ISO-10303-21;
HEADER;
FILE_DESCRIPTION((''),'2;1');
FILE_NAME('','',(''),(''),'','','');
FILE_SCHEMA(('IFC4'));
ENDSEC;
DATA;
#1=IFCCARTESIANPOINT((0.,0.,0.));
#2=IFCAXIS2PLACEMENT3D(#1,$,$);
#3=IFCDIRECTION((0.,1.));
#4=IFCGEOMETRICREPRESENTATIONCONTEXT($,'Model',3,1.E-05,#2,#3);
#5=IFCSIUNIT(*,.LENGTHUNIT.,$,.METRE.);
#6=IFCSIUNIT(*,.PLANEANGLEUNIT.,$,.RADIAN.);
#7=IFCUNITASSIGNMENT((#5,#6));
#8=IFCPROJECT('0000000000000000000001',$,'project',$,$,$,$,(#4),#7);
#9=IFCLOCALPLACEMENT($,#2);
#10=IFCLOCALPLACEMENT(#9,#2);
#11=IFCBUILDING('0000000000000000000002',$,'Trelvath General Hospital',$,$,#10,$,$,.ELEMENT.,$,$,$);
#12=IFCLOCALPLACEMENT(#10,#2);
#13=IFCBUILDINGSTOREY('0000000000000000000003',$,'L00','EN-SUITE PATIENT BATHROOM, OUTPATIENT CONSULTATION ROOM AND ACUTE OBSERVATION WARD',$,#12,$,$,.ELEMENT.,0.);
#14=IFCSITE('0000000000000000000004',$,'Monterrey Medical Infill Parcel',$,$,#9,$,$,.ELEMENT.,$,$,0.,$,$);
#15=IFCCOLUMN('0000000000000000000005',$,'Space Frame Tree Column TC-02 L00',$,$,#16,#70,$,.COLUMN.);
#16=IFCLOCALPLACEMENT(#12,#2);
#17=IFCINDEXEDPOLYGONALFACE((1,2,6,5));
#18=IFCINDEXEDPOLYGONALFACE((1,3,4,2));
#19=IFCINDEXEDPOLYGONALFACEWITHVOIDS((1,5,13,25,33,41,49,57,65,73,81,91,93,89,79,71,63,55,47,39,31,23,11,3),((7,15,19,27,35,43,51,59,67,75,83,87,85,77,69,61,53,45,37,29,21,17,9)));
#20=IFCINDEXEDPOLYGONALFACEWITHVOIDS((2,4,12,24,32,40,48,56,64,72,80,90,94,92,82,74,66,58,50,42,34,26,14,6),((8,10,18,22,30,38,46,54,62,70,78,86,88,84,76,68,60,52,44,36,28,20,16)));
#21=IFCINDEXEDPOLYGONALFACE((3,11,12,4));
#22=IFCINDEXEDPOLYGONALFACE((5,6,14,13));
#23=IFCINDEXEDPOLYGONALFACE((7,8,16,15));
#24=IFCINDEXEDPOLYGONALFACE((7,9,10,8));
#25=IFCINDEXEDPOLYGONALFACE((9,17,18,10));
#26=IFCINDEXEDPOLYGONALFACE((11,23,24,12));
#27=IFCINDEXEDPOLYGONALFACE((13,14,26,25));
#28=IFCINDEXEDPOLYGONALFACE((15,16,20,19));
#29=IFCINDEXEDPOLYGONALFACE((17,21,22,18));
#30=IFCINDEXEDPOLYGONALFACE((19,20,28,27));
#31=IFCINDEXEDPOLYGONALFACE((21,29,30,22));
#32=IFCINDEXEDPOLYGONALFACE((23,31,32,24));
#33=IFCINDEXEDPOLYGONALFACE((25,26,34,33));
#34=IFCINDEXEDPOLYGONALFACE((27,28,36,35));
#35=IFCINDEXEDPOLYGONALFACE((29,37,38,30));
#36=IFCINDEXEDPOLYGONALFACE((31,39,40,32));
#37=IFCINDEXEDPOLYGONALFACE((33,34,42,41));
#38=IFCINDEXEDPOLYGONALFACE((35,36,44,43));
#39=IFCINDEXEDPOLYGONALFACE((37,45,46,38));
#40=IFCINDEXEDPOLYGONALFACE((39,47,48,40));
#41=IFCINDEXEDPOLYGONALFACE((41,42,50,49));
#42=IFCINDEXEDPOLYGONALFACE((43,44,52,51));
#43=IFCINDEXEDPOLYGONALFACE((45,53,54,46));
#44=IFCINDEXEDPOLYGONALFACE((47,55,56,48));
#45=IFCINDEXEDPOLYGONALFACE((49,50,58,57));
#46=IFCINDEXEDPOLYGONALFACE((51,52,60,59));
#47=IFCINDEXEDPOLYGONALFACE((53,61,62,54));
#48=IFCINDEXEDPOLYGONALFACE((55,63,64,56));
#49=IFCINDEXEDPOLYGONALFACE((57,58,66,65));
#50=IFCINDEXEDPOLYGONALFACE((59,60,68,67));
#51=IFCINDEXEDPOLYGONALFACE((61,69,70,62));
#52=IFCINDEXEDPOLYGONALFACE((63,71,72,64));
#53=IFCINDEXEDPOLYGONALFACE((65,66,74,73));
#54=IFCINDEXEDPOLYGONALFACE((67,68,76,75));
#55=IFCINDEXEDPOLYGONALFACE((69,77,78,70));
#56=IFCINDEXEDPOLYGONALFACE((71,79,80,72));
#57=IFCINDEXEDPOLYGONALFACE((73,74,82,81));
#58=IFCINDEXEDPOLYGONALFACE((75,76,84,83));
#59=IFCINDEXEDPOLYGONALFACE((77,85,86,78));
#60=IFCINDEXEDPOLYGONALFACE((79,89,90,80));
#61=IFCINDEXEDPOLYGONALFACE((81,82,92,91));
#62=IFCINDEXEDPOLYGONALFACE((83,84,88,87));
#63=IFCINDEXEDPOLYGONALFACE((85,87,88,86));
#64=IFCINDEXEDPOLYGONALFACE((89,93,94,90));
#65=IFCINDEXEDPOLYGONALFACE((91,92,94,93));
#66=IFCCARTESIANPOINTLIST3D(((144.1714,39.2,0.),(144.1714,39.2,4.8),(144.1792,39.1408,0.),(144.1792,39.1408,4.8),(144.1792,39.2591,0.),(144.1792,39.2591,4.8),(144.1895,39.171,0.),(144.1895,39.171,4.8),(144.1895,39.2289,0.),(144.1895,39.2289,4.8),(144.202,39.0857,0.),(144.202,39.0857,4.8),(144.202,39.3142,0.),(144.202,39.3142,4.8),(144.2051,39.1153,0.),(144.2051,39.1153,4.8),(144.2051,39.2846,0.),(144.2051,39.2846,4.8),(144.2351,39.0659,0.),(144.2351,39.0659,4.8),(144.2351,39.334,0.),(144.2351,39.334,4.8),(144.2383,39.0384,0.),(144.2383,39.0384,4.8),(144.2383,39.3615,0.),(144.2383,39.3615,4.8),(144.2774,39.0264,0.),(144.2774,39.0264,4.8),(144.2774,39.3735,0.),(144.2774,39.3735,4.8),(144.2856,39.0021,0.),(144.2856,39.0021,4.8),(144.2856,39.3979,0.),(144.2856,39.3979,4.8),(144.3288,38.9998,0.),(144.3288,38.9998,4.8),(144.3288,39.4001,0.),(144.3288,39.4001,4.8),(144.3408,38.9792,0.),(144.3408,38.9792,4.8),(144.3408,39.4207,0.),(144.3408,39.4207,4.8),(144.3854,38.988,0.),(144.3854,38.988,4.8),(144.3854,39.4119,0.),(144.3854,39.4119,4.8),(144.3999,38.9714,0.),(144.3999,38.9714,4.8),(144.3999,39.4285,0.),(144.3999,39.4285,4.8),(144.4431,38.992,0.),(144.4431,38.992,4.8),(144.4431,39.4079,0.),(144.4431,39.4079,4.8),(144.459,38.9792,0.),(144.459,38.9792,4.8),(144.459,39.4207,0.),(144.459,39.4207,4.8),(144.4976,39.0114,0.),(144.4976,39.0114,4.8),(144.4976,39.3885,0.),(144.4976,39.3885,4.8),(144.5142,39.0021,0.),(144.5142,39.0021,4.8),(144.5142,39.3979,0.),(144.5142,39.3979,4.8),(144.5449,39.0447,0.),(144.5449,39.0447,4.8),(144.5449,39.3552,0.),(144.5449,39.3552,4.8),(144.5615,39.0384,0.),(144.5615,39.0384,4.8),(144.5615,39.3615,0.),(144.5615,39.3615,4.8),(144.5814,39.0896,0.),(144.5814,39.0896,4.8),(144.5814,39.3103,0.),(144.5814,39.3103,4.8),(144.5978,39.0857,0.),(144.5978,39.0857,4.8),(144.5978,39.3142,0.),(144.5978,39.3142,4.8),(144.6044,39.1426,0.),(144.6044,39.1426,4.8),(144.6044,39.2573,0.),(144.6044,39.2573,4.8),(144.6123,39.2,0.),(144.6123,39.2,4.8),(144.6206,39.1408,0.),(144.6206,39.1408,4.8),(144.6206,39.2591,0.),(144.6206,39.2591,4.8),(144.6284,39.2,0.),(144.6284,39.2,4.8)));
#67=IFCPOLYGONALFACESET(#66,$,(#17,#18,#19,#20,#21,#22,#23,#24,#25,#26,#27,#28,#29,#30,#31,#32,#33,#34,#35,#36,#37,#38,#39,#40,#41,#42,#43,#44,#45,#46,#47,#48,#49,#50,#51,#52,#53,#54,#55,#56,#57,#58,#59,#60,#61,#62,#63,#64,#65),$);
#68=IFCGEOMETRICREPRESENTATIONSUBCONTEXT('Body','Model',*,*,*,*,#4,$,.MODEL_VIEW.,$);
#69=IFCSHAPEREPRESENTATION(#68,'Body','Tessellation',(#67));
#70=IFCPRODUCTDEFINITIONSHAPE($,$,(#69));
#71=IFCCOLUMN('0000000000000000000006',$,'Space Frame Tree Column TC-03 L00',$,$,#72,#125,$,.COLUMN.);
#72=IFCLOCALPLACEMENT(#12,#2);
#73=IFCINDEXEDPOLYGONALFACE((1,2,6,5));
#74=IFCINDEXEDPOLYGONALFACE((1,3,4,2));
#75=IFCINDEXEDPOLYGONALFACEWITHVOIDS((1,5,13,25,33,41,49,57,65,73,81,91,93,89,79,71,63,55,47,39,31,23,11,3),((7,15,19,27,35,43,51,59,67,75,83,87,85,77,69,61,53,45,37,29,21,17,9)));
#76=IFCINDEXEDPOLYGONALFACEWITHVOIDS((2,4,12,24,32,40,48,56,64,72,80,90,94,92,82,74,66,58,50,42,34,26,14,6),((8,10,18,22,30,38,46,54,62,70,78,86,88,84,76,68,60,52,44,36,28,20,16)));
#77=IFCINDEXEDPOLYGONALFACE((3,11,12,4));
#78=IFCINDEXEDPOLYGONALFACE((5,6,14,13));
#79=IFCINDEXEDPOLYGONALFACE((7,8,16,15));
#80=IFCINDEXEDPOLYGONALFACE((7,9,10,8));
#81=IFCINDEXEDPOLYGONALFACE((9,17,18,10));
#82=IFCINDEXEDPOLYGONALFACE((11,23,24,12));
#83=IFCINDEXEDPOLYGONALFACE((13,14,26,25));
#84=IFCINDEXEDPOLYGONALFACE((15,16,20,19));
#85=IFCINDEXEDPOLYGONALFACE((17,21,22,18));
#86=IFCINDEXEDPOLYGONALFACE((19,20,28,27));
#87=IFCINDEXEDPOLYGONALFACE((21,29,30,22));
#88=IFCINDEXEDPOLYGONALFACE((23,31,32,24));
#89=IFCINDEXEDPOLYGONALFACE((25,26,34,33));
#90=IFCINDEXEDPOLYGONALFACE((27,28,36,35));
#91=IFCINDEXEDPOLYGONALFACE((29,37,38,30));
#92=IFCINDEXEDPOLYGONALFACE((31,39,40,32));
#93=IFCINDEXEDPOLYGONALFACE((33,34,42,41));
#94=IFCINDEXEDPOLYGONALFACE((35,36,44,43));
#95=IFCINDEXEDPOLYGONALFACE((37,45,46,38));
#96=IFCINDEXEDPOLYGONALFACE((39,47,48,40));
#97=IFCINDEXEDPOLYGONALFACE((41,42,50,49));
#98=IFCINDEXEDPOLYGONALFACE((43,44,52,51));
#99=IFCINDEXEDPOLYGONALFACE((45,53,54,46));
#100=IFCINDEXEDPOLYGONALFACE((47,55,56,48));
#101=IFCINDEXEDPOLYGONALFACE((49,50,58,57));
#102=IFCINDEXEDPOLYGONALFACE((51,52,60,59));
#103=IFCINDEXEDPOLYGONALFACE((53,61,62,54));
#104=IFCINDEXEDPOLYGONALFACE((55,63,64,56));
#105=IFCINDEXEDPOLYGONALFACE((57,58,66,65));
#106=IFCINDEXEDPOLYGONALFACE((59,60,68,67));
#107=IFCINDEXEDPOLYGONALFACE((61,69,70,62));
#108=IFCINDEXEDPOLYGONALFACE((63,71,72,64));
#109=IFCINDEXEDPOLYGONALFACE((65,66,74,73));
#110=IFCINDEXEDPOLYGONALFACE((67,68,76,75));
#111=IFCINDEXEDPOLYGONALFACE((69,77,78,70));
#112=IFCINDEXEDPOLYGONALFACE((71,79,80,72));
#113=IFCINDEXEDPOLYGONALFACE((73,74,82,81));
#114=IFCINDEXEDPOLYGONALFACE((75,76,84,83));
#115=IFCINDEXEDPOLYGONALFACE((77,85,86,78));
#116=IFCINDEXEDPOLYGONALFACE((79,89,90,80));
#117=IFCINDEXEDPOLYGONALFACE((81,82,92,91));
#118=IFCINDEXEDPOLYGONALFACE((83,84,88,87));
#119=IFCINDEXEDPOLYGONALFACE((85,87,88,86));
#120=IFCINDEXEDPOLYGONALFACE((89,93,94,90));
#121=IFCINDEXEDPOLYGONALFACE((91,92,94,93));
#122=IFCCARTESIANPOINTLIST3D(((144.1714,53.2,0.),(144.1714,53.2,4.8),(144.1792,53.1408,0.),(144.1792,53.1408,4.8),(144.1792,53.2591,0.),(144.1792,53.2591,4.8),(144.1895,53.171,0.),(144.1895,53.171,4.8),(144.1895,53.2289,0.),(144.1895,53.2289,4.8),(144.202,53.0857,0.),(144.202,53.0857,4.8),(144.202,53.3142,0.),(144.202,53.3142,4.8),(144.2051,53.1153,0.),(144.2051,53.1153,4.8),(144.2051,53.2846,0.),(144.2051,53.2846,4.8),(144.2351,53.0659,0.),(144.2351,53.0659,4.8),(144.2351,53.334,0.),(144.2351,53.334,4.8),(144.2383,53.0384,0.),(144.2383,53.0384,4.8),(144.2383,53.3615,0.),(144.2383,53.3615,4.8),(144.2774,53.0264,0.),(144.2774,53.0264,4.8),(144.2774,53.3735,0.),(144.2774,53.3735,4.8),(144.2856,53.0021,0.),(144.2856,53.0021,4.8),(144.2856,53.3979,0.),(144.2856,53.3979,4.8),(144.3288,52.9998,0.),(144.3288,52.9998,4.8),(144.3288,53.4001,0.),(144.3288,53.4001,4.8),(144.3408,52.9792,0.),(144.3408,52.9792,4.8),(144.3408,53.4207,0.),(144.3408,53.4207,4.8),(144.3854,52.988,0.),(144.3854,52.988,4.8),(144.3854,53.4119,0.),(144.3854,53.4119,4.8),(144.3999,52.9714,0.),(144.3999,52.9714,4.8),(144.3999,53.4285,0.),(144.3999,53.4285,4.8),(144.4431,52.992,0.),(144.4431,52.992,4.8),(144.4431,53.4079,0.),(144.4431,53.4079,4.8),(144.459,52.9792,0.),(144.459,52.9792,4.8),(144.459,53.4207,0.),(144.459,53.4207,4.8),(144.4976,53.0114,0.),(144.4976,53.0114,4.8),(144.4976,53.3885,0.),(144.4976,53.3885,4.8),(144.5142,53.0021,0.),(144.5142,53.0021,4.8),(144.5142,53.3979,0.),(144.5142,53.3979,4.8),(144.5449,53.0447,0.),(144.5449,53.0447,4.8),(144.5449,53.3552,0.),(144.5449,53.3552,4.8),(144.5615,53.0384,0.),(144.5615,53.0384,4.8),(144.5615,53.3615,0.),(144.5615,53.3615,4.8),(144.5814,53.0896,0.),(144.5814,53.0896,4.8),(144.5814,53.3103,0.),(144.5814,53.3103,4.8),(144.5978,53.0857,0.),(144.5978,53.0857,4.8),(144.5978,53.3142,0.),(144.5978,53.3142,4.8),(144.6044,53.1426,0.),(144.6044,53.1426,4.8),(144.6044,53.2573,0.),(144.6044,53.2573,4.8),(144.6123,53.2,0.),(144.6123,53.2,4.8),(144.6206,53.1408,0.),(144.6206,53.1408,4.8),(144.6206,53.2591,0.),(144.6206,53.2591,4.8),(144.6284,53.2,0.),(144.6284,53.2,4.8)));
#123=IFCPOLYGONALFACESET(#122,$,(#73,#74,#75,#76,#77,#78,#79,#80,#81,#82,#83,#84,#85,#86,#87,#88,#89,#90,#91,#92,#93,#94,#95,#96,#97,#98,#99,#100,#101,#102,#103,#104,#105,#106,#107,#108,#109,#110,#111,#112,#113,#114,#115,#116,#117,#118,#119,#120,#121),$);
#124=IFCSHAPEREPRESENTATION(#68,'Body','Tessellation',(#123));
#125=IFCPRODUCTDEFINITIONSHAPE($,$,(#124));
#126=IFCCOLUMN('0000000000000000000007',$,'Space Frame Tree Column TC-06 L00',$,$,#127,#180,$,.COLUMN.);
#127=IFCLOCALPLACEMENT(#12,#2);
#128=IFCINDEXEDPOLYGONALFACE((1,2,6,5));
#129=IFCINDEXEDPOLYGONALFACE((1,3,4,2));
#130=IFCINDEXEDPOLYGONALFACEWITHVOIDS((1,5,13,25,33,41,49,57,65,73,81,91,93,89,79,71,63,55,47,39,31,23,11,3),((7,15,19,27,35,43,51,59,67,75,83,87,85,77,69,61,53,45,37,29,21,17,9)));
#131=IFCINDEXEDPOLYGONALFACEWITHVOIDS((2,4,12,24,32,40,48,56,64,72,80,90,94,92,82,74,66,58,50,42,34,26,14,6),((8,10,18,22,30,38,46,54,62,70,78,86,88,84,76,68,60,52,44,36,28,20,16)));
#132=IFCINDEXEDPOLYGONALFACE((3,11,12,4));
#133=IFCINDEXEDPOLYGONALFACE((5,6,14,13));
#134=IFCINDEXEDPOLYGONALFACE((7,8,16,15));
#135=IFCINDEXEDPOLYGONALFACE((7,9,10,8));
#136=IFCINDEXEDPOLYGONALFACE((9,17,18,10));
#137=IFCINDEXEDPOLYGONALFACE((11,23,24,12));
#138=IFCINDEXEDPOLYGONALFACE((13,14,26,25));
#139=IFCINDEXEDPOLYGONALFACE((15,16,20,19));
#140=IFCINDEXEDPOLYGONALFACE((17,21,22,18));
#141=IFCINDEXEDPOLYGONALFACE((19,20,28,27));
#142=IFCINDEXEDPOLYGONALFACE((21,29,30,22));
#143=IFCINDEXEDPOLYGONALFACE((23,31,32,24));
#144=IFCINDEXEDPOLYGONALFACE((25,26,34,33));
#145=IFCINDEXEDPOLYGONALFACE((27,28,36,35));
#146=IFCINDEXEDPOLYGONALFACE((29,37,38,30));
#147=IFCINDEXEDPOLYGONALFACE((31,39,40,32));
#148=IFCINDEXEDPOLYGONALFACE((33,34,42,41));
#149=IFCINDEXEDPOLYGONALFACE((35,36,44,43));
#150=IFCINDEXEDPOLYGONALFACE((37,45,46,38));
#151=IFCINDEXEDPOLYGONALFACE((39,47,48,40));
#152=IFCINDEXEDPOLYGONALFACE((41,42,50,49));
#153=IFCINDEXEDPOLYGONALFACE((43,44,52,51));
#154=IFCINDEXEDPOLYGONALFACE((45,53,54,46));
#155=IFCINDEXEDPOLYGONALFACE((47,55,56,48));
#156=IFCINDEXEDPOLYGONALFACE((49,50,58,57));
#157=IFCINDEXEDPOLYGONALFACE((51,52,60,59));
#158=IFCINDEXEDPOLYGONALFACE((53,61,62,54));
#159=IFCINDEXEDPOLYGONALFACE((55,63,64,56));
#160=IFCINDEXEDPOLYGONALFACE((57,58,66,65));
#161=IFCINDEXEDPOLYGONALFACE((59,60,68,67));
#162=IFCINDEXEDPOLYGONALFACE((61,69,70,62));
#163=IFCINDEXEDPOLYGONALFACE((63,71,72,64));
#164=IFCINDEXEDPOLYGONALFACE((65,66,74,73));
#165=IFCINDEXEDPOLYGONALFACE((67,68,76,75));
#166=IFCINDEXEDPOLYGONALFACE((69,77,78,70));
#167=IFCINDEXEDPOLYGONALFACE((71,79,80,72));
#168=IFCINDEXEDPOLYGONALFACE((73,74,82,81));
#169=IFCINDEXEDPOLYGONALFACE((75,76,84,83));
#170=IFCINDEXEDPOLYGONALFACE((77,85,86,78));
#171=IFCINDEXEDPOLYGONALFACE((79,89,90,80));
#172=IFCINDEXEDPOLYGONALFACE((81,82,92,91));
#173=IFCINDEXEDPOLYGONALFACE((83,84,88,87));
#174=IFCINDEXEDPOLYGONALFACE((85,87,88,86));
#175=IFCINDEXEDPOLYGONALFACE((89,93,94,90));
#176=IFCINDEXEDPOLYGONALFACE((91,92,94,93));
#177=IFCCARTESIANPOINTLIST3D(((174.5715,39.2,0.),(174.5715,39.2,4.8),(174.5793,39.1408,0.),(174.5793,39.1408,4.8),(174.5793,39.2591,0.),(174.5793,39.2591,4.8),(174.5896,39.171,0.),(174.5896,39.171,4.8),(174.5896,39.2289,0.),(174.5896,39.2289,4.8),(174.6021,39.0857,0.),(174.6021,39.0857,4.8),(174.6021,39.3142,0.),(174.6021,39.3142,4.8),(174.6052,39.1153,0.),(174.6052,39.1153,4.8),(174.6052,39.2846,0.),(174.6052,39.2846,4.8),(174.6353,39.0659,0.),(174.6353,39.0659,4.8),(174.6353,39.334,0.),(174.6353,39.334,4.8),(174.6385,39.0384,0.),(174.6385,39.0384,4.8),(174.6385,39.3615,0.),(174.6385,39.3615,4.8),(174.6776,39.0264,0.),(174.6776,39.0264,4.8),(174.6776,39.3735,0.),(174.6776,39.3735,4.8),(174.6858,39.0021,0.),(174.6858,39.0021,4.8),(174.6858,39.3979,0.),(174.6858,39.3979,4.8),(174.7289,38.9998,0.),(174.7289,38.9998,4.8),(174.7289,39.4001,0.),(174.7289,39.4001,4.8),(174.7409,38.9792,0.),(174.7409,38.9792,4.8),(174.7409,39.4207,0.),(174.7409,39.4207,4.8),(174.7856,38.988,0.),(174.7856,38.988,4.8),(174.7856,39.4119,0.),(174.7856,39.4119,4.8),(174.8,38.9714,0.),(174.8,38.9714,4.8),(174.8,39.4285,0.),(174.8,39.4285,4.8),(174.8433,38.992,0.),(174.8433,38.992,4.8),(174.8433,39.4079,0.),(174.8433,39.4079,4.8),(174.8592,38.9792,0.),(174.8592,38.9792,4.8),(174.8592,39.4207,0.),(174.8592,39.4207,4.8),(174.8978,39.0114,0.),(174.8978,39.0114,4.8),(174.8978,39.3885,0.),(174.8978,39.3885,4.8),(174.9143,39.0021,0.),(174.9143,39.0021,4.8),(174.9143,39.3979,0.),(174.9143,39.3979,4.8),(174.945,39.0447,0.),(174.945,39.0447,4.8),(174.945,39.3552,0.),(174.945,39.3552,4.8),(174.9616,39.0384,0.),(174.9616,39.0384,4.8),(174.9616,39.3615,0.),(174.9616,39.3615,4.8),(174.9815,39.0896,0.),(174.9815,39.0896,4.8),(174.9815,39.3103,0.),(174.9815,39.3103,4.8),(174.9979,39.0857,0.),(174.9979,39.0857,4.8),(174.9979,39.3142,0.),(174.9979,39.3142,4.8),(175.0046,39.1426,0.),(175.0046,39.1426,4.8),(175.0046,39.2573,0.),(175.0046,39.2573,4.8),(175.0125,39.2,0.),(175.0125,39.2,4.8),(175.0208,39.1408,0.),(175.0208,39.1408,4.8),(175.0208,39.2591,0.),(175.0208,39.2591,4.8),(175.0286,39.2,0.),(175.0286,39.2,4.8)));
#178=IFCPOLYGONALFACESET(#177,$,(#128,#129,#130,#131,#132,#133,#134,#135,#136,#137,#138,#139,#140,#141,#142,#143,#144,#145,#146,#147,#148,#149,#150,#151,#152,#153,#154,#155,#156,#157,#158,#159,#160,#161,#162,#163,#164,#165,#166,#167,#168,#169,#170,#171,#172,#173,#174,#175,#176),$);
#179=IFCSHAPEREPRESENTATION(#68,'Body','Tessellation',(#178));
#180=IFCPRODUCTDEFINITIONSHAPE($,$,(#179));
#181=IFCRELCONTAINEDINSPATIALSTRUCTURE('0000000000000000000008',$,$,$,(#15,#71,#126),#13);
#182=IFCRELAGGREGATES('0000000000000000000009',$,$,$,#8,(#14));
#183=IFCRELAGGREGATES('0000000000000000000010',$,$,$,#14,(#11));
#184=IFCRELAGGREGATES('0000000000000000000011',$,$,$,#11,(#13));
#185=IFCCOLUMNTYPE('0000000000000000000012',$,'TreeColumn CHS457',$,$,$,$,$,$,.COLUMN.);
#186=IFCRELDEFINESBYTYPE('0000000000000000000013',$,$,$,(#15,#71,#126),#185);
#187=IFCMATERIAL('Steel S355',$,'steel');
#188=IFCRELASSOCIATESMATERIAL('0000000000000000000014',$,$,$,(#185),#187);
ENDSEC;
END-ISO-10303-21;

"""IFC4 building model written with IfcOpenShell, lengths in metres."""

from ifc_helpers import new_model, si_unit, direction, frame, origin, origin_2d, place, context, subcontext, project, spatial, hollow_circle, extrude, material, material_profile, profile_set, type_object, element, save


model = new_model("IFC4")

# Units and contexts
model_context = context("Model", 3, precision=1e-05, world=origin(), true_north=direction((0.0, 1.0)))
body_context = subcontext(model_context, "Body", "Model", "MODEL_VIEW")
ifc_project = project(units=[si_unit("LENGTHUNIT", "METRE"), si_unit("PLANEANGLEUNIT", "RADIAN")], contexts=[model_context])

# Site, building, storey
site_placement = place(None, origin())
site = spatial("IfcSite", under=ifc_project, at=site_placement, Name="Monterrey Medical Infill Parcel", CompositionType="ELEMENT", RefElevation=0.0)
building_placement = place(site_placement, origin())
building = spatial("IfcBuilding", under=site, at=building_placement, Name="Trelvath General Hospital", CompositionType="ELEMENT")
storey_placement = place(building_placement, origin())
storey = spatial("IfcBuildingStorey", under=building, at=storey_placement, Name="L00", Description="EN-SUITE PATIENT BATHROOM, OUTPATIENT CONSULTATION ROOM AND ACUTE OBSERVATION WARD", CompositionType="ELEMENT", Elevation=0.0)

# Columns
ifc_material_1 = material(Name="Steel S355", Category="steel")
ifc_material_profile_1 = material_profile(ifc_material_1, hollow_circle(Radius=0.2285, WallThickness=0.0161, at=origin_2d()), Name="CHS457.0x16.0")
ifc_profile_set_1 = profile_set([ifc_material_profile_1], Name="Steel S355")
column_type_1 = type_object("IfcColumnType", Name="TreeColumn CHS457", PredefinedType="COLUMN", material=ifc_profile_set_1)
for number, where, z_axis, x_axis, name in (
    (1, (144.3999, 39.2, 0.0), (0.0, 0.0, 1.0), (1.0, 0.0, 0.0), "Space Frame Tree Column TC-02 L00"),
    (2, (144.3999, 53.2, 0.0), (0.0, 0.0, 1.0), (1.0, 0.0, 0.0), "Space Frame Tree Column TC-03 L00"),
    (3, (174.8, 39.2, 0.0), (0.0, 0.0, 1.0), (1.0, 0.0, 0.0), "Space Frame Tree Column TC-06 L00"),
):
    element("IfcColumn", number, at=place(storey_placement, frame(where, z_axis=z_axis, x_axis=x_axis)), inside=storey, type_object=column_type_1, Name=name, PredefinedType="COLUMN", context=body_context, shape_type="SweptSolid", body=[
        extrude(hollow_circle(Radius=0.2285, WallThickness=0.0161, at=origin_2d()), origin(), (0.0, 0.0, 1.0), 4.8),
    ])

save(model, "model.ifc")
